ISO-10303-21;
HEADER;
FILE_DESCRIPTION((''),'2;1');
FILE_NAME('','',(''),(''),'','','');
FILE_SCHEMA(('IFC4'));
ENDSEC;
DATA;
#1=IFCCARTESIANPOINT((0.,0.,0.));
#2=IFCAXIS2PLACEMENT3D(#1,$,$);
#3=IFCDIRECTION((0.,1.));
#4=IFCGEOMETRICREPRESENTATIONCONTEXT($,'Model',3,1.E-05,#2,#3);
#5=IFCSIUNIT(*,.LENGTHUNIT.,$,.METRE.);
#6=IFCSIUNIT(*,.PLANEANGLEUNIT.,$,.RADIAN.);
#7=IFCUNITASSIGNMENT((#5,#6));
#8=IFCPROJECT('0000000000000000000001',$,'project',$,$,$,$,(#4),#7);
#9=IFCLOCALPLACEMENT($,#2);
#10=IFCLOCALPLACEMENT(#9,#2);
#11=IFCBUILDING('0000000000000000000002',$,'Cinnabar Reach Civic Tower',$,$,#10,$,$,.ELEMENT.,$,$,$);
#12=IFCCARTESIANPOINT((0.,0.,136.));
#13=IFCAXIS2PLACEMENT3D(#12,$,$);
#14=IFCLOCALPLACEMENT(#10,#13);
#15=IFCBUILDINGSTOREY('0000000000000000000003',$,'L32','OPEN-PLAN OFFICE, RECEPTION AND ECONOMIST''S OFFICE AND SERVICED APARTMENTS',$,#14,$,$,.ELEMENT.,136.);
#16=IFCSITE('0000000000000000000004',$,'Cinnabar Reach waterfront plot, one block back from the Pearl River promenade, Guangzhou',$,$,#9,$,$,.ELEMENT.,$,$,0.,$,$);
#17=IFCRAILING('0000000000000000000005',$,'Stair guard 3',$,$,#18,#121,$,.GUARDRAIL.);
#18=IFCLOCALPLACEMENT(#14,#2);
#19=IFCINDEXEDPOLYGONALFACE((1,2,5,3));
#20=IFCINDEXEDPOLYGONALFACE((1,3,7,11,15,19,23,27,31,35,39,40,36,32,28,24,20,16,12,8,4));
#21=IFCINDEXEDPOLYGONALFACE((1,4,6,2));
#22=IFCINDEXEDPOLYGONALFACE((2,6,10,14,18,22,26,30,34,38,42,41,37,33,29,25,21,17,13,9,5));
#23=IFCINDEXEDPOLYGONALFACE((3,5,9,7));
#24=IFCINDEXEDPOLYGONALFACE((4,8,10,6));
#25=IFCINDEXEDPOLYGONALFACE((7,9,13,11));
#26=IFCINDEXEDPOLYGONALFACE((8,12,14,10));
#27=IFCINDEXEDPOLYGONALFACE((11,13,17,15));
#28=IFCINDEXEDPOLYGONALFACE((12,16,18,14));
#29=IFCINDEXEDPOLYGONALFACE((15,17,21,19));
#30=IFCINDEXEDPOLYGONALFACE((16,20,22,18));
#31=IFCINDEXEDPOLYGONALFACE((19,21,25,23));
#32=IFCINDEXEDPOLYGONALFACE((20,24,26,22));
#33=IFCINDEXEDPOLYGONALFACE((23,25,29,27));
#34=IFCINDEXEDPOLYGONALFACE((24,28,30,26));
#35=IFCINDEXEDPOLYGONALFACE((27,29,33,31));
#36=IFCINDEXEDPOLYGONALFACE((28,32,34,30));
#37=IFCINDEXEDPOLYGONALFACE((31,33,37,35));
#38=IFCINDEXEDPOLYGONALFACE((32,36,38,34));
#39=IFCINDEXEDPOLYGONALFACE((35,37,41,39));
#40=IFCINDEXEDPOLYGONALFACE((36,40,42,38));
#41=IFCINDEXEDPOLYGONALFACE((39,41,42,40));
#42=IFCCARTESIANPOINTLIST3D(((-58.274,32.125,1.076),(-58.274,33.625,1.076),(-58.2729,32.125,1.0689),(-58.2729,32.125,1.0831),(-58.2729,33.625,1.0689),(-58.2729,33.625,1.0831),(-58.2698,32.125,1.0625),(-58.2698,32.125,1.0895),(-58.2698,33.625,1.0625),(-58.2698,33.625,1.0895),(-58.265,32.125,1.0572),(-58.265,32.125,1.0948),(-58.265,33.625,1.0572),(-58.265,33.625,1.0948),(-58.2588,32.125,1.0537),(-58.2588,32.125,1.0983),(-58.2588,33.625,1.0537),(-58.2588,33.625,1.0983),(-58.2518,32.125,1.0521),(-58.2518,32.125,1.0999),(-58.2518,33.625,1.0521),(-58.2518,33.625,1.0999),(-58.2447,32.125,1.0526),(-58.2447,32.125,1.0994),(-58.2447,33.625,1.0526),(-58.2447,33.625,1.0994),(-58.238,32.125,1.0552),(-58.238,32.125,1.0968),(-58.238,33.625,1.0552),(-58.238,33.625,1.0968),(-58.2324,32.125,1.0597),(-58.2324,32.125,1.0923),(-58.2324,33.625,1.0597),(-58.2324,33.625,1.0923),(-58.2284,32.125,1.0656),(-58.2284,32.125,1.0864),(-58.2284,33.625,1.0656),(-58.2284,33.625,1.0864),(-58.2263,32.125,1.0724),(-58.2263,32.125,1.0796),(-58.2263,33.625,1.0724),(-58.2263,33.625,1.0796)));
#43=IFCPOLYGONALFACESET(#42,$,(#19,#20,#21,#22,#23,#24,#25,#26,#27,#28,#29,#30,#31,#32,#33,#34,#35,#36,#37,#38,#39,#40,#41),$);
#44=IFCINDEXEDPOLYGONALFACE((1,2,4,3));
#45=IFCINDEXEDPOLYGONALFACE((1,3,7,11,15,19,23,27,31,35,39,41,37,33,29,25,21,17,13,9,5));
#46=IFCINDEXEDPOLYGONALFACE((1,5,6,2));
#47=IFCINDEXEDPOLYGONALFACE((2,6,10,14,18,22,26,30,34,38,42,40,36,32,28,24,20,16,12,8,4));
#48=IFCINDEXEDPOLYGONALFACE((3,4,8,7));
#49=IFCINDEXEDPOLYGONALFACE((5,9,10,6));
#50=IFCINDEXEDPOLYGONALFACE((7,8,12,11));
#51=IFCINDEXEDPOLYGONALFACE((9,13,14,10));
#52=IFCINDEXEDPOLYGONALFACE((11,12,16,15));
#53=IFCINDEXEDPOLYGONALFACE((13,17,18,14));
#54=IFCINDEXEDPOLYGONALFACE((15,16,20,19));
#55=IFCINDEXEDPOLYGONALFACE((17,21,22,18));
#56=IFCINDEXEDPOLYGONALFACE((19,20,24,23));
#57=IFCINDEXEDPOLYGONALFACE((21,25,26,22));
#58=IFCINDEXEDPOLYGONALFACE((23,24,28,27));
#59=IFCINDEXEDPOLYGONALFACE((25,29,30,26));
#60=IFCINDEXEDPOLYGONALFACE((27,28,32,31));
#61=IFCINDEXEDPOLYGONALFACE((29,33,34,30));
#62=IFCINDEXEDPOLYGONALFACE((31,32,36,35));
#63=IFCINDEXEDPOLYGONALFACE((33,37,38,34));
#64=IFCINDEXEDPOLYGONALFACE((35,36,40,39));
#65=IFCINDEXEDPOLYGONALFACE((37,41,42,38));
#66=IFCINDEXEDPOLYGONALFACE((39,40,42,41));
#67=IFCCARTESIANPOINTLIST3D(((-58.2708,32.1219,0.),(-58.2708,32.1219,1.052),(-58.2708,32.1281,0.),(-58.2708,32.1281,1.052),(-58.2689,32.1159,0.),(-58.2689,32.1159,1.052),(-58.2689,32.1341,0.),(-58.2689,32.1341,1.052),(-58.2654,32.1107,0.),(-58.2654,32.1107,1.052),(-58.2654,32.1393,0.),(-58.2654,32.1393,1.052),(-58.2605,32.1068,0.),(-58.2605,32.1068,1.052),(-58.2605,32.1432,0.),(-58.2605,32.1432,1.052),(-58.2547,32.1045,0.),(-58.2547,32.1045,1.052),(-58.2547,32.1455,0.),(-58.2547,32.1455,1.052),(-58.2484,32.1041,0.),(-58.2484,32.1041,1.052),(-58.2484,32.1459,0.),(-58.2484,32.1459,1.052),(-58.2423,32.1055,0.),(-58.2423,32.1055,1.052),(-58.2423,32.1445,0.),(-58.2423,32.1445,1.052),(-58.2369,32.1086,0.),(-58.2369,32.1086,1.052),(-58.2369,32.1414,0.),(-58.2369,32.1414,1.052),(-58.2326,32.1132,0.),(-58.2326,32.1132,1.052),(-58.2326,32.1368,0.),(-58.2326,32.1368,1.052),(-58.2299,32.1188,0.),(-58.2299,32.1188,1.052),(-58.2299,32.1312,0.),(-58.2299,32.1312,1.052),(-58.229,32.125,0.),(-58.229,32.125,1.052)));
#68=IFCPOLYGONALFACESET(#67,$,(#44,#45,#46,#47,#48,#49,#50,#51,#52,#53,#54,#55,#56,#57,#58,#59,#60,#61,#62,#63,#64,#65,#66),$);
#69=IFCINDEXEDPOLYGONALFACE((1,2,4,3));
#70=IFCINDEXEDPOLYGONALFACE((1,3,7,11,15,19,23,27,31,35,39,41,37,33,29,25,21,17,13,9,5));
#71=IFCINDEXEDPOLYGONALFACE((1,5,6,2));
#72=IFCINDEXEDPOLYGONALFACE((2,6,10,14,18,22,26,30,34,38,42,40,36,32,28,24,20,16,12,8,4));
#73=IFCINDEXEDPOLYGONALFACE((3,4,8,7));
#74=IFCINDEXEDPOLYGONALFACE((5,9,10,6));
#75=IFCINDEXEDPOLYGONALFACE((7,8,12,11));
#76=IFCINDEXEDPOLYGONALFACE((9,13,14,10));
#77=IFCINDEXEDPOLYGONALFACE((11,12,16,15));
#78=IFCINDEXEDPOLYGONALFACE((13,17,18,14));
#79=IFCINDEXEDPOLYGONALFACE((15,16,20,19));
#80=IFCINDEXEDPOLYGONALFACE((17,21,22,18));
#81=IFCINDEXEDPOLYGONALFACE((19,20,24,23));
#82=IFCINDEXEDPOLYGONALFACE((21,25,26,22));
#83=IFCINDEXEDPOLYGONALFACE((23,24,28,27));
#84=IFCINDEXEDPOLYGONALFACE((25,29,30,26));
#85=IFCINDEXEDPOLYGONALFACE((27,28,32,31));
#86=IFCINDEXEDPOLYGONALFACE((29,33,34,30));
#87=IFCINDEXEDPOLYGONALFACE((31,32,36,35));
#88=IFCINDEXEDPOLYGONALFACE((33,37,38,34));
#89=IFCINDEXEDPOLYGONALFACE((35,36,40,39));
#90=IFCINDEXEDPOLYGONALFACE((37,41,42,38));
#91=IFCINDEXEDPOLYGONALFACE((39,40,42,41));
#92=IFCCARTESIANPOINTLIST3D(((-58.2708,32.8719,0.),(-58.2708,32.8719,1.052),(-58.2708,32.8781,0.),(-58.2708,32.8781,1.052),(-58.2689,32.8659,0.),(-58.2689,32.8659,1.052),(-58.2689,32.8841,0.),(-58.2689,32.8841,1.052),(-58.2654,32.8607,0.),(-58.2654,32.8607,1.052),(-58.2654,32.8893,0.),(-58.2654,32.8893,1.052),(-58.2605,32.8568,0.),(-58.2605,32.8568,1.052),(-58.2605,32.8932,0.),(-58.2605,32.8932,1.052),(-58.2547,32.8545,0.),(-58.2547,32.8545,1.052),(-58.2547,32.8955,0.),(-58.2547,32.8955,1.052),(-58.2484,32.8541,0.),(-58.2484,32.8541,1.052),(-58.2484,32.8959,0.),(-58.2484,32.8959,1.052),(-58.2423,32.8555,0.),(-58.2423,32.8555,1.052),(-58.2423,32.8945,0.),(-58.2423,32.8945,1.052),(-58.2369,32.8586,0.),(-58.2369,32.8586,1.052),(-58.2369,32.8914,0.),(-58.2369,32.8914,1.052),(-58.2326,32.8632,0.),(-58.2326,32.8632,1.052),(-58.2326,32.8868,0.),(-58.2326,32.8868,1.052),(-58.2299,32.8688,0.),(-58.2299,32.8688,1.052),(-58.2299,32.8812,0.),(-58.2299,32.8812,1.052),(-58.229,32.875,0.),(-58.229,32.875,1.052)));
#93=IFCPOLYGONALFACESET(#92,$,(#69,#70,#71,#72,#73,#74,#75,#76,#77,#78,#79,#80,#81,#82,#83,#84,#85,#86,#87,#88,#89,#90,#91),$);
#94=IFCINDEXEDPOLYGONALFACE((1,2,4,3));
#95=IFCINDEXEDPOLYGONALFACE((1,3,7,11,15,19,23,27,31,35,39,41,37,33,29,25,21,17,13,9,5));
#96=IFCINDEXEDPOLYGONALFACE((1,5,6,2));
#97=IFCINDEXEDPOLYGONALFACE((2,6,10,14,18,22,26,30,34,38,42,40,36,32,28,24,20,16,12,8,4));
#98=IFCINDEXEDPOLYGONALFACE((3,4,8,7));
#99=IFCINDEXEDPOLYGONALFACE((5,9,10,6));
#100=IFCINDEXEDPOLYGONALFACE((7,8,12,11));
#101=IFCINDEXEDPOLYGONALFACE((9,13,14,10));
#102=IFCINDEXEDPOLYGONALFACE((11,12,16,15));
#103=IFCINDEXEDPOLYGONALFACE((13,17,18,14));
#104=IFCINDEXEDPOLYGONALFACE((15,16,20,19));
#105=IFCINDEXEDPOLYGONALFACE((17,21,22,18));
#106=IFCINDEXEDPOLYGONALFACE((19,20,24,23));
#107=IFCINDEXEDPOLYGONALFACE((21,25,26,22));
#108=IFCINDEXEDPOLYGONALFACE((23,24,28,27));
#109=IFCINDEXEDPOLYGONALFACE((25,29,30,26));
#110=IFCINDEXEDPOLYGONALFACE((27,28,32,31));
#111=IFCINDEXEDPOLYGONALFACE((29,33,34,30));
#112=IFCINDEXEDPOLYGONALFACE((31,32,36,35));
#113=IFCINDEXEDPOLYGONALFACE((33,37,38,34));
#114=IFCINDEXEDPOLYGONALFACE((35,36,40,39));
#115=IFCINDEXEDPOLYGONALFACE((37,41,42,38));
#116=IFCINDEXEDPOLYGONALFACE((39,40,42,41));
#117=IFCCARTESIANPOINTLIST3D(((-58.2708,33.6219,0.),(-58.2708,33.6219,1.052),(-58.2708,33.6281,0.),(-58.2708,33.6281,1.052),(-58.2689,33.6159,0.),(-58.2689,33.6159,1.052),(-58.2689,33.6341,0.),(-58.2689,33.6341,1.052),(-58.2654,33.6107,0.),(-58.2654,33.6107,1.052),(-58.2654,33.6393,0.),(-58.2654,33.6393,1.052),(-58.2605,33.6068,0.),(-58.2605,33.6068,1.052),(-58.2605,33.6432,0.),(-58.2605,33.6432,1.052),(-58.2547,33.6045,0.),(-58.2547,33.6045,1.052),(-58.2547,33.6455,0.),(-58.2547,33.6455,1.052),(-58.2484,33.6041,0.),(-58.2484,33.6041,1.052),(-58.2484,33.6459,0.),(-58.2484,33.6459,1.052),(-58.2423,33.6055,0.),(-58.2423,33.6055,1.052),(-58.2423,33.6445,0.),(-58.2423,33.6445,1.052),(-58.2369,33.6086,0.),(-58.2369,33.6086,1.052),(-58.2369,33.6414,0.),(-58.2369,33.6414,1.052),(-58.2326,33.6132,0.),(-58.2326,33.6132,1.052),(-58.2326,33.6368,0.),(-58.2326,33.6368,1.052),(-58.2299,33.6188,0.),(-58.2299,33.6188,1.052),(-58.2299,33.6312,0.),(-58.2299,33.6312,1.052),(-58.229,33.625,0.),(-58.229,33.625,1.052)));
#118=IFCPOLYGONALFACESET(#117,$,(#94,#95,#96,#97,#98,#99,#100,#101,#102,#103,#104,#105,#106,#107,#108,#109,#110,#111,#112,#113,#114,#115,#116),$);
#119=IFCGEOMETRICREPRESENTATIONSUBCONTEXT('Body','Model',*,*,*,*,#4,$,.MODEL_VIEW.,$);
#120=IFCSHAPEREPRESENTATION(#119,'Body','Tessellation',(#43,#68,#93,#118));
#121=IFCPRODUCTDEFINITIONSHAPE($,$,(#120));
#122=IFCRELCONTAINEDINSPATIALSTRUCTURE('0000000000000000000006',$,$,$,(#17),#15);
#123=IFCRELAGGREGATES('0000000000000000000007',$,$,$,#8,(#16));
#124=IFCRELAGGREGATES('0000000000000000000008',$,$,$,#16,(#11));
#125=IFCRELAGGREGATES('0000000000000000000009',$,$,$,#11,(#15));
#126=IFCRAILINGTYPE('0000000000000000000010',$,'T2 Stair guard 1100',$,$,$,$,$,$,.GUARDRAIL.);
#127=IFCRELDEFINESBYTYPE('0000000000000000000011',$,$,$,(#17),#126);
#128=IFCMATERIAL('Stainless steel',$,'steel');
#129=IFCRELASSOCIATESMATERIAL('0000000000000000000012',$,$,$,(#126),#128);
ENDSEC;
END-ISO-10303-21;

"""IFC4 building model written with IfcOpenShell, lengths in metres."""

from ifc_helpers import new_model, si_unit, direction, frame, origin, origin_2d, place, context, subcontext, project, spatial, circle, extrude, material, type_object, element, save


model = new_model("IFC4")

# Units and contexts
model_context = context("Model", 3, precision=1e-05, world=origin(), true_north=direction((0.0, 1.0)))
body_context = subcontext(model_context, "Body", "Model", "MODEL_VIEW")
ifc_project = project(units=[si_unit("LENGTHUNIT", "METRE"), si_unit("PLANEANGLEUNIT", "RADIAN")], contexts=[model_context])

# Site, building, storey
site_placement = place(None, origin())
site = spatial("IfcSite", under=ifc_project, at=site_placement, Name="Cinnabar Reach waterfront plot, one block back from the Pearl River promenade, Guangzhou", CompositionType="ELEMENT", RefElevation=0.0)
building_placement = place(site_placement, origin())
building = spatial("IfcBuilding", under=site, at=building_placement, Name="Cinnabar Reach Civic Tower", CompositionType="ELEMENT")
storey_placement = place(building_placement, frame((0.0, 0.0, 136.0)))
storey = spatial("IfcBuildingStorey", under=building, at=storey_placement, Name="L32", Description="OPEN-PLAN OFFICE, RECEPTION AND ECONOMIST'S OFFICE AND SERVICED APARTMENTS", CompositionType="ELEMENT", Elevation=136.0)

# Railing
ifc_material_1 = material(Name="Stainless steel", Category="steel")
railing_type = type_object("IfcRailingType", Name="T2 Stair guard 1100", PredefinedType="GUARDRAIL", material=ifc_material_1)
railing_1_placement = place(storey_placement, frame((-58.25, 32.125, 0.0)))
element("IfcRailing", 1, at=railing_1_placement, inside=storey, type_object=railing_type, Name="Stair guard 3", PredefinedType="GUARDRAIL", context=body_context, shape_type="SweptSolid", body=[
    extrude(circle(Radius=0.024, at=origin_2d()), frame((0.0, 0.0, 1.076), z_axis=(0.0, 1.0, 0.0), x_axis=(-1.0, 0.0, 0.0)), (0.0, 0.0, 1.0), 1.5),
    extrude(circle(Radius=0.021, at=origin_2d()), origin(), (0.0, 0.0, 1.0), 1.052),
    extrude(circle(Radius=0.021, at=origin_2d()), frame((0.0, 0.75, 0.0)), (0.0, 0.0, 1.0), 1.052),
    extrude(circle(Radius=0.021, at=origin_2d()), frame((0.0, 1.5, 0.0)), (0.0, 0.0, 1.0), 1.052),
])

save(model, "model.ifc")
